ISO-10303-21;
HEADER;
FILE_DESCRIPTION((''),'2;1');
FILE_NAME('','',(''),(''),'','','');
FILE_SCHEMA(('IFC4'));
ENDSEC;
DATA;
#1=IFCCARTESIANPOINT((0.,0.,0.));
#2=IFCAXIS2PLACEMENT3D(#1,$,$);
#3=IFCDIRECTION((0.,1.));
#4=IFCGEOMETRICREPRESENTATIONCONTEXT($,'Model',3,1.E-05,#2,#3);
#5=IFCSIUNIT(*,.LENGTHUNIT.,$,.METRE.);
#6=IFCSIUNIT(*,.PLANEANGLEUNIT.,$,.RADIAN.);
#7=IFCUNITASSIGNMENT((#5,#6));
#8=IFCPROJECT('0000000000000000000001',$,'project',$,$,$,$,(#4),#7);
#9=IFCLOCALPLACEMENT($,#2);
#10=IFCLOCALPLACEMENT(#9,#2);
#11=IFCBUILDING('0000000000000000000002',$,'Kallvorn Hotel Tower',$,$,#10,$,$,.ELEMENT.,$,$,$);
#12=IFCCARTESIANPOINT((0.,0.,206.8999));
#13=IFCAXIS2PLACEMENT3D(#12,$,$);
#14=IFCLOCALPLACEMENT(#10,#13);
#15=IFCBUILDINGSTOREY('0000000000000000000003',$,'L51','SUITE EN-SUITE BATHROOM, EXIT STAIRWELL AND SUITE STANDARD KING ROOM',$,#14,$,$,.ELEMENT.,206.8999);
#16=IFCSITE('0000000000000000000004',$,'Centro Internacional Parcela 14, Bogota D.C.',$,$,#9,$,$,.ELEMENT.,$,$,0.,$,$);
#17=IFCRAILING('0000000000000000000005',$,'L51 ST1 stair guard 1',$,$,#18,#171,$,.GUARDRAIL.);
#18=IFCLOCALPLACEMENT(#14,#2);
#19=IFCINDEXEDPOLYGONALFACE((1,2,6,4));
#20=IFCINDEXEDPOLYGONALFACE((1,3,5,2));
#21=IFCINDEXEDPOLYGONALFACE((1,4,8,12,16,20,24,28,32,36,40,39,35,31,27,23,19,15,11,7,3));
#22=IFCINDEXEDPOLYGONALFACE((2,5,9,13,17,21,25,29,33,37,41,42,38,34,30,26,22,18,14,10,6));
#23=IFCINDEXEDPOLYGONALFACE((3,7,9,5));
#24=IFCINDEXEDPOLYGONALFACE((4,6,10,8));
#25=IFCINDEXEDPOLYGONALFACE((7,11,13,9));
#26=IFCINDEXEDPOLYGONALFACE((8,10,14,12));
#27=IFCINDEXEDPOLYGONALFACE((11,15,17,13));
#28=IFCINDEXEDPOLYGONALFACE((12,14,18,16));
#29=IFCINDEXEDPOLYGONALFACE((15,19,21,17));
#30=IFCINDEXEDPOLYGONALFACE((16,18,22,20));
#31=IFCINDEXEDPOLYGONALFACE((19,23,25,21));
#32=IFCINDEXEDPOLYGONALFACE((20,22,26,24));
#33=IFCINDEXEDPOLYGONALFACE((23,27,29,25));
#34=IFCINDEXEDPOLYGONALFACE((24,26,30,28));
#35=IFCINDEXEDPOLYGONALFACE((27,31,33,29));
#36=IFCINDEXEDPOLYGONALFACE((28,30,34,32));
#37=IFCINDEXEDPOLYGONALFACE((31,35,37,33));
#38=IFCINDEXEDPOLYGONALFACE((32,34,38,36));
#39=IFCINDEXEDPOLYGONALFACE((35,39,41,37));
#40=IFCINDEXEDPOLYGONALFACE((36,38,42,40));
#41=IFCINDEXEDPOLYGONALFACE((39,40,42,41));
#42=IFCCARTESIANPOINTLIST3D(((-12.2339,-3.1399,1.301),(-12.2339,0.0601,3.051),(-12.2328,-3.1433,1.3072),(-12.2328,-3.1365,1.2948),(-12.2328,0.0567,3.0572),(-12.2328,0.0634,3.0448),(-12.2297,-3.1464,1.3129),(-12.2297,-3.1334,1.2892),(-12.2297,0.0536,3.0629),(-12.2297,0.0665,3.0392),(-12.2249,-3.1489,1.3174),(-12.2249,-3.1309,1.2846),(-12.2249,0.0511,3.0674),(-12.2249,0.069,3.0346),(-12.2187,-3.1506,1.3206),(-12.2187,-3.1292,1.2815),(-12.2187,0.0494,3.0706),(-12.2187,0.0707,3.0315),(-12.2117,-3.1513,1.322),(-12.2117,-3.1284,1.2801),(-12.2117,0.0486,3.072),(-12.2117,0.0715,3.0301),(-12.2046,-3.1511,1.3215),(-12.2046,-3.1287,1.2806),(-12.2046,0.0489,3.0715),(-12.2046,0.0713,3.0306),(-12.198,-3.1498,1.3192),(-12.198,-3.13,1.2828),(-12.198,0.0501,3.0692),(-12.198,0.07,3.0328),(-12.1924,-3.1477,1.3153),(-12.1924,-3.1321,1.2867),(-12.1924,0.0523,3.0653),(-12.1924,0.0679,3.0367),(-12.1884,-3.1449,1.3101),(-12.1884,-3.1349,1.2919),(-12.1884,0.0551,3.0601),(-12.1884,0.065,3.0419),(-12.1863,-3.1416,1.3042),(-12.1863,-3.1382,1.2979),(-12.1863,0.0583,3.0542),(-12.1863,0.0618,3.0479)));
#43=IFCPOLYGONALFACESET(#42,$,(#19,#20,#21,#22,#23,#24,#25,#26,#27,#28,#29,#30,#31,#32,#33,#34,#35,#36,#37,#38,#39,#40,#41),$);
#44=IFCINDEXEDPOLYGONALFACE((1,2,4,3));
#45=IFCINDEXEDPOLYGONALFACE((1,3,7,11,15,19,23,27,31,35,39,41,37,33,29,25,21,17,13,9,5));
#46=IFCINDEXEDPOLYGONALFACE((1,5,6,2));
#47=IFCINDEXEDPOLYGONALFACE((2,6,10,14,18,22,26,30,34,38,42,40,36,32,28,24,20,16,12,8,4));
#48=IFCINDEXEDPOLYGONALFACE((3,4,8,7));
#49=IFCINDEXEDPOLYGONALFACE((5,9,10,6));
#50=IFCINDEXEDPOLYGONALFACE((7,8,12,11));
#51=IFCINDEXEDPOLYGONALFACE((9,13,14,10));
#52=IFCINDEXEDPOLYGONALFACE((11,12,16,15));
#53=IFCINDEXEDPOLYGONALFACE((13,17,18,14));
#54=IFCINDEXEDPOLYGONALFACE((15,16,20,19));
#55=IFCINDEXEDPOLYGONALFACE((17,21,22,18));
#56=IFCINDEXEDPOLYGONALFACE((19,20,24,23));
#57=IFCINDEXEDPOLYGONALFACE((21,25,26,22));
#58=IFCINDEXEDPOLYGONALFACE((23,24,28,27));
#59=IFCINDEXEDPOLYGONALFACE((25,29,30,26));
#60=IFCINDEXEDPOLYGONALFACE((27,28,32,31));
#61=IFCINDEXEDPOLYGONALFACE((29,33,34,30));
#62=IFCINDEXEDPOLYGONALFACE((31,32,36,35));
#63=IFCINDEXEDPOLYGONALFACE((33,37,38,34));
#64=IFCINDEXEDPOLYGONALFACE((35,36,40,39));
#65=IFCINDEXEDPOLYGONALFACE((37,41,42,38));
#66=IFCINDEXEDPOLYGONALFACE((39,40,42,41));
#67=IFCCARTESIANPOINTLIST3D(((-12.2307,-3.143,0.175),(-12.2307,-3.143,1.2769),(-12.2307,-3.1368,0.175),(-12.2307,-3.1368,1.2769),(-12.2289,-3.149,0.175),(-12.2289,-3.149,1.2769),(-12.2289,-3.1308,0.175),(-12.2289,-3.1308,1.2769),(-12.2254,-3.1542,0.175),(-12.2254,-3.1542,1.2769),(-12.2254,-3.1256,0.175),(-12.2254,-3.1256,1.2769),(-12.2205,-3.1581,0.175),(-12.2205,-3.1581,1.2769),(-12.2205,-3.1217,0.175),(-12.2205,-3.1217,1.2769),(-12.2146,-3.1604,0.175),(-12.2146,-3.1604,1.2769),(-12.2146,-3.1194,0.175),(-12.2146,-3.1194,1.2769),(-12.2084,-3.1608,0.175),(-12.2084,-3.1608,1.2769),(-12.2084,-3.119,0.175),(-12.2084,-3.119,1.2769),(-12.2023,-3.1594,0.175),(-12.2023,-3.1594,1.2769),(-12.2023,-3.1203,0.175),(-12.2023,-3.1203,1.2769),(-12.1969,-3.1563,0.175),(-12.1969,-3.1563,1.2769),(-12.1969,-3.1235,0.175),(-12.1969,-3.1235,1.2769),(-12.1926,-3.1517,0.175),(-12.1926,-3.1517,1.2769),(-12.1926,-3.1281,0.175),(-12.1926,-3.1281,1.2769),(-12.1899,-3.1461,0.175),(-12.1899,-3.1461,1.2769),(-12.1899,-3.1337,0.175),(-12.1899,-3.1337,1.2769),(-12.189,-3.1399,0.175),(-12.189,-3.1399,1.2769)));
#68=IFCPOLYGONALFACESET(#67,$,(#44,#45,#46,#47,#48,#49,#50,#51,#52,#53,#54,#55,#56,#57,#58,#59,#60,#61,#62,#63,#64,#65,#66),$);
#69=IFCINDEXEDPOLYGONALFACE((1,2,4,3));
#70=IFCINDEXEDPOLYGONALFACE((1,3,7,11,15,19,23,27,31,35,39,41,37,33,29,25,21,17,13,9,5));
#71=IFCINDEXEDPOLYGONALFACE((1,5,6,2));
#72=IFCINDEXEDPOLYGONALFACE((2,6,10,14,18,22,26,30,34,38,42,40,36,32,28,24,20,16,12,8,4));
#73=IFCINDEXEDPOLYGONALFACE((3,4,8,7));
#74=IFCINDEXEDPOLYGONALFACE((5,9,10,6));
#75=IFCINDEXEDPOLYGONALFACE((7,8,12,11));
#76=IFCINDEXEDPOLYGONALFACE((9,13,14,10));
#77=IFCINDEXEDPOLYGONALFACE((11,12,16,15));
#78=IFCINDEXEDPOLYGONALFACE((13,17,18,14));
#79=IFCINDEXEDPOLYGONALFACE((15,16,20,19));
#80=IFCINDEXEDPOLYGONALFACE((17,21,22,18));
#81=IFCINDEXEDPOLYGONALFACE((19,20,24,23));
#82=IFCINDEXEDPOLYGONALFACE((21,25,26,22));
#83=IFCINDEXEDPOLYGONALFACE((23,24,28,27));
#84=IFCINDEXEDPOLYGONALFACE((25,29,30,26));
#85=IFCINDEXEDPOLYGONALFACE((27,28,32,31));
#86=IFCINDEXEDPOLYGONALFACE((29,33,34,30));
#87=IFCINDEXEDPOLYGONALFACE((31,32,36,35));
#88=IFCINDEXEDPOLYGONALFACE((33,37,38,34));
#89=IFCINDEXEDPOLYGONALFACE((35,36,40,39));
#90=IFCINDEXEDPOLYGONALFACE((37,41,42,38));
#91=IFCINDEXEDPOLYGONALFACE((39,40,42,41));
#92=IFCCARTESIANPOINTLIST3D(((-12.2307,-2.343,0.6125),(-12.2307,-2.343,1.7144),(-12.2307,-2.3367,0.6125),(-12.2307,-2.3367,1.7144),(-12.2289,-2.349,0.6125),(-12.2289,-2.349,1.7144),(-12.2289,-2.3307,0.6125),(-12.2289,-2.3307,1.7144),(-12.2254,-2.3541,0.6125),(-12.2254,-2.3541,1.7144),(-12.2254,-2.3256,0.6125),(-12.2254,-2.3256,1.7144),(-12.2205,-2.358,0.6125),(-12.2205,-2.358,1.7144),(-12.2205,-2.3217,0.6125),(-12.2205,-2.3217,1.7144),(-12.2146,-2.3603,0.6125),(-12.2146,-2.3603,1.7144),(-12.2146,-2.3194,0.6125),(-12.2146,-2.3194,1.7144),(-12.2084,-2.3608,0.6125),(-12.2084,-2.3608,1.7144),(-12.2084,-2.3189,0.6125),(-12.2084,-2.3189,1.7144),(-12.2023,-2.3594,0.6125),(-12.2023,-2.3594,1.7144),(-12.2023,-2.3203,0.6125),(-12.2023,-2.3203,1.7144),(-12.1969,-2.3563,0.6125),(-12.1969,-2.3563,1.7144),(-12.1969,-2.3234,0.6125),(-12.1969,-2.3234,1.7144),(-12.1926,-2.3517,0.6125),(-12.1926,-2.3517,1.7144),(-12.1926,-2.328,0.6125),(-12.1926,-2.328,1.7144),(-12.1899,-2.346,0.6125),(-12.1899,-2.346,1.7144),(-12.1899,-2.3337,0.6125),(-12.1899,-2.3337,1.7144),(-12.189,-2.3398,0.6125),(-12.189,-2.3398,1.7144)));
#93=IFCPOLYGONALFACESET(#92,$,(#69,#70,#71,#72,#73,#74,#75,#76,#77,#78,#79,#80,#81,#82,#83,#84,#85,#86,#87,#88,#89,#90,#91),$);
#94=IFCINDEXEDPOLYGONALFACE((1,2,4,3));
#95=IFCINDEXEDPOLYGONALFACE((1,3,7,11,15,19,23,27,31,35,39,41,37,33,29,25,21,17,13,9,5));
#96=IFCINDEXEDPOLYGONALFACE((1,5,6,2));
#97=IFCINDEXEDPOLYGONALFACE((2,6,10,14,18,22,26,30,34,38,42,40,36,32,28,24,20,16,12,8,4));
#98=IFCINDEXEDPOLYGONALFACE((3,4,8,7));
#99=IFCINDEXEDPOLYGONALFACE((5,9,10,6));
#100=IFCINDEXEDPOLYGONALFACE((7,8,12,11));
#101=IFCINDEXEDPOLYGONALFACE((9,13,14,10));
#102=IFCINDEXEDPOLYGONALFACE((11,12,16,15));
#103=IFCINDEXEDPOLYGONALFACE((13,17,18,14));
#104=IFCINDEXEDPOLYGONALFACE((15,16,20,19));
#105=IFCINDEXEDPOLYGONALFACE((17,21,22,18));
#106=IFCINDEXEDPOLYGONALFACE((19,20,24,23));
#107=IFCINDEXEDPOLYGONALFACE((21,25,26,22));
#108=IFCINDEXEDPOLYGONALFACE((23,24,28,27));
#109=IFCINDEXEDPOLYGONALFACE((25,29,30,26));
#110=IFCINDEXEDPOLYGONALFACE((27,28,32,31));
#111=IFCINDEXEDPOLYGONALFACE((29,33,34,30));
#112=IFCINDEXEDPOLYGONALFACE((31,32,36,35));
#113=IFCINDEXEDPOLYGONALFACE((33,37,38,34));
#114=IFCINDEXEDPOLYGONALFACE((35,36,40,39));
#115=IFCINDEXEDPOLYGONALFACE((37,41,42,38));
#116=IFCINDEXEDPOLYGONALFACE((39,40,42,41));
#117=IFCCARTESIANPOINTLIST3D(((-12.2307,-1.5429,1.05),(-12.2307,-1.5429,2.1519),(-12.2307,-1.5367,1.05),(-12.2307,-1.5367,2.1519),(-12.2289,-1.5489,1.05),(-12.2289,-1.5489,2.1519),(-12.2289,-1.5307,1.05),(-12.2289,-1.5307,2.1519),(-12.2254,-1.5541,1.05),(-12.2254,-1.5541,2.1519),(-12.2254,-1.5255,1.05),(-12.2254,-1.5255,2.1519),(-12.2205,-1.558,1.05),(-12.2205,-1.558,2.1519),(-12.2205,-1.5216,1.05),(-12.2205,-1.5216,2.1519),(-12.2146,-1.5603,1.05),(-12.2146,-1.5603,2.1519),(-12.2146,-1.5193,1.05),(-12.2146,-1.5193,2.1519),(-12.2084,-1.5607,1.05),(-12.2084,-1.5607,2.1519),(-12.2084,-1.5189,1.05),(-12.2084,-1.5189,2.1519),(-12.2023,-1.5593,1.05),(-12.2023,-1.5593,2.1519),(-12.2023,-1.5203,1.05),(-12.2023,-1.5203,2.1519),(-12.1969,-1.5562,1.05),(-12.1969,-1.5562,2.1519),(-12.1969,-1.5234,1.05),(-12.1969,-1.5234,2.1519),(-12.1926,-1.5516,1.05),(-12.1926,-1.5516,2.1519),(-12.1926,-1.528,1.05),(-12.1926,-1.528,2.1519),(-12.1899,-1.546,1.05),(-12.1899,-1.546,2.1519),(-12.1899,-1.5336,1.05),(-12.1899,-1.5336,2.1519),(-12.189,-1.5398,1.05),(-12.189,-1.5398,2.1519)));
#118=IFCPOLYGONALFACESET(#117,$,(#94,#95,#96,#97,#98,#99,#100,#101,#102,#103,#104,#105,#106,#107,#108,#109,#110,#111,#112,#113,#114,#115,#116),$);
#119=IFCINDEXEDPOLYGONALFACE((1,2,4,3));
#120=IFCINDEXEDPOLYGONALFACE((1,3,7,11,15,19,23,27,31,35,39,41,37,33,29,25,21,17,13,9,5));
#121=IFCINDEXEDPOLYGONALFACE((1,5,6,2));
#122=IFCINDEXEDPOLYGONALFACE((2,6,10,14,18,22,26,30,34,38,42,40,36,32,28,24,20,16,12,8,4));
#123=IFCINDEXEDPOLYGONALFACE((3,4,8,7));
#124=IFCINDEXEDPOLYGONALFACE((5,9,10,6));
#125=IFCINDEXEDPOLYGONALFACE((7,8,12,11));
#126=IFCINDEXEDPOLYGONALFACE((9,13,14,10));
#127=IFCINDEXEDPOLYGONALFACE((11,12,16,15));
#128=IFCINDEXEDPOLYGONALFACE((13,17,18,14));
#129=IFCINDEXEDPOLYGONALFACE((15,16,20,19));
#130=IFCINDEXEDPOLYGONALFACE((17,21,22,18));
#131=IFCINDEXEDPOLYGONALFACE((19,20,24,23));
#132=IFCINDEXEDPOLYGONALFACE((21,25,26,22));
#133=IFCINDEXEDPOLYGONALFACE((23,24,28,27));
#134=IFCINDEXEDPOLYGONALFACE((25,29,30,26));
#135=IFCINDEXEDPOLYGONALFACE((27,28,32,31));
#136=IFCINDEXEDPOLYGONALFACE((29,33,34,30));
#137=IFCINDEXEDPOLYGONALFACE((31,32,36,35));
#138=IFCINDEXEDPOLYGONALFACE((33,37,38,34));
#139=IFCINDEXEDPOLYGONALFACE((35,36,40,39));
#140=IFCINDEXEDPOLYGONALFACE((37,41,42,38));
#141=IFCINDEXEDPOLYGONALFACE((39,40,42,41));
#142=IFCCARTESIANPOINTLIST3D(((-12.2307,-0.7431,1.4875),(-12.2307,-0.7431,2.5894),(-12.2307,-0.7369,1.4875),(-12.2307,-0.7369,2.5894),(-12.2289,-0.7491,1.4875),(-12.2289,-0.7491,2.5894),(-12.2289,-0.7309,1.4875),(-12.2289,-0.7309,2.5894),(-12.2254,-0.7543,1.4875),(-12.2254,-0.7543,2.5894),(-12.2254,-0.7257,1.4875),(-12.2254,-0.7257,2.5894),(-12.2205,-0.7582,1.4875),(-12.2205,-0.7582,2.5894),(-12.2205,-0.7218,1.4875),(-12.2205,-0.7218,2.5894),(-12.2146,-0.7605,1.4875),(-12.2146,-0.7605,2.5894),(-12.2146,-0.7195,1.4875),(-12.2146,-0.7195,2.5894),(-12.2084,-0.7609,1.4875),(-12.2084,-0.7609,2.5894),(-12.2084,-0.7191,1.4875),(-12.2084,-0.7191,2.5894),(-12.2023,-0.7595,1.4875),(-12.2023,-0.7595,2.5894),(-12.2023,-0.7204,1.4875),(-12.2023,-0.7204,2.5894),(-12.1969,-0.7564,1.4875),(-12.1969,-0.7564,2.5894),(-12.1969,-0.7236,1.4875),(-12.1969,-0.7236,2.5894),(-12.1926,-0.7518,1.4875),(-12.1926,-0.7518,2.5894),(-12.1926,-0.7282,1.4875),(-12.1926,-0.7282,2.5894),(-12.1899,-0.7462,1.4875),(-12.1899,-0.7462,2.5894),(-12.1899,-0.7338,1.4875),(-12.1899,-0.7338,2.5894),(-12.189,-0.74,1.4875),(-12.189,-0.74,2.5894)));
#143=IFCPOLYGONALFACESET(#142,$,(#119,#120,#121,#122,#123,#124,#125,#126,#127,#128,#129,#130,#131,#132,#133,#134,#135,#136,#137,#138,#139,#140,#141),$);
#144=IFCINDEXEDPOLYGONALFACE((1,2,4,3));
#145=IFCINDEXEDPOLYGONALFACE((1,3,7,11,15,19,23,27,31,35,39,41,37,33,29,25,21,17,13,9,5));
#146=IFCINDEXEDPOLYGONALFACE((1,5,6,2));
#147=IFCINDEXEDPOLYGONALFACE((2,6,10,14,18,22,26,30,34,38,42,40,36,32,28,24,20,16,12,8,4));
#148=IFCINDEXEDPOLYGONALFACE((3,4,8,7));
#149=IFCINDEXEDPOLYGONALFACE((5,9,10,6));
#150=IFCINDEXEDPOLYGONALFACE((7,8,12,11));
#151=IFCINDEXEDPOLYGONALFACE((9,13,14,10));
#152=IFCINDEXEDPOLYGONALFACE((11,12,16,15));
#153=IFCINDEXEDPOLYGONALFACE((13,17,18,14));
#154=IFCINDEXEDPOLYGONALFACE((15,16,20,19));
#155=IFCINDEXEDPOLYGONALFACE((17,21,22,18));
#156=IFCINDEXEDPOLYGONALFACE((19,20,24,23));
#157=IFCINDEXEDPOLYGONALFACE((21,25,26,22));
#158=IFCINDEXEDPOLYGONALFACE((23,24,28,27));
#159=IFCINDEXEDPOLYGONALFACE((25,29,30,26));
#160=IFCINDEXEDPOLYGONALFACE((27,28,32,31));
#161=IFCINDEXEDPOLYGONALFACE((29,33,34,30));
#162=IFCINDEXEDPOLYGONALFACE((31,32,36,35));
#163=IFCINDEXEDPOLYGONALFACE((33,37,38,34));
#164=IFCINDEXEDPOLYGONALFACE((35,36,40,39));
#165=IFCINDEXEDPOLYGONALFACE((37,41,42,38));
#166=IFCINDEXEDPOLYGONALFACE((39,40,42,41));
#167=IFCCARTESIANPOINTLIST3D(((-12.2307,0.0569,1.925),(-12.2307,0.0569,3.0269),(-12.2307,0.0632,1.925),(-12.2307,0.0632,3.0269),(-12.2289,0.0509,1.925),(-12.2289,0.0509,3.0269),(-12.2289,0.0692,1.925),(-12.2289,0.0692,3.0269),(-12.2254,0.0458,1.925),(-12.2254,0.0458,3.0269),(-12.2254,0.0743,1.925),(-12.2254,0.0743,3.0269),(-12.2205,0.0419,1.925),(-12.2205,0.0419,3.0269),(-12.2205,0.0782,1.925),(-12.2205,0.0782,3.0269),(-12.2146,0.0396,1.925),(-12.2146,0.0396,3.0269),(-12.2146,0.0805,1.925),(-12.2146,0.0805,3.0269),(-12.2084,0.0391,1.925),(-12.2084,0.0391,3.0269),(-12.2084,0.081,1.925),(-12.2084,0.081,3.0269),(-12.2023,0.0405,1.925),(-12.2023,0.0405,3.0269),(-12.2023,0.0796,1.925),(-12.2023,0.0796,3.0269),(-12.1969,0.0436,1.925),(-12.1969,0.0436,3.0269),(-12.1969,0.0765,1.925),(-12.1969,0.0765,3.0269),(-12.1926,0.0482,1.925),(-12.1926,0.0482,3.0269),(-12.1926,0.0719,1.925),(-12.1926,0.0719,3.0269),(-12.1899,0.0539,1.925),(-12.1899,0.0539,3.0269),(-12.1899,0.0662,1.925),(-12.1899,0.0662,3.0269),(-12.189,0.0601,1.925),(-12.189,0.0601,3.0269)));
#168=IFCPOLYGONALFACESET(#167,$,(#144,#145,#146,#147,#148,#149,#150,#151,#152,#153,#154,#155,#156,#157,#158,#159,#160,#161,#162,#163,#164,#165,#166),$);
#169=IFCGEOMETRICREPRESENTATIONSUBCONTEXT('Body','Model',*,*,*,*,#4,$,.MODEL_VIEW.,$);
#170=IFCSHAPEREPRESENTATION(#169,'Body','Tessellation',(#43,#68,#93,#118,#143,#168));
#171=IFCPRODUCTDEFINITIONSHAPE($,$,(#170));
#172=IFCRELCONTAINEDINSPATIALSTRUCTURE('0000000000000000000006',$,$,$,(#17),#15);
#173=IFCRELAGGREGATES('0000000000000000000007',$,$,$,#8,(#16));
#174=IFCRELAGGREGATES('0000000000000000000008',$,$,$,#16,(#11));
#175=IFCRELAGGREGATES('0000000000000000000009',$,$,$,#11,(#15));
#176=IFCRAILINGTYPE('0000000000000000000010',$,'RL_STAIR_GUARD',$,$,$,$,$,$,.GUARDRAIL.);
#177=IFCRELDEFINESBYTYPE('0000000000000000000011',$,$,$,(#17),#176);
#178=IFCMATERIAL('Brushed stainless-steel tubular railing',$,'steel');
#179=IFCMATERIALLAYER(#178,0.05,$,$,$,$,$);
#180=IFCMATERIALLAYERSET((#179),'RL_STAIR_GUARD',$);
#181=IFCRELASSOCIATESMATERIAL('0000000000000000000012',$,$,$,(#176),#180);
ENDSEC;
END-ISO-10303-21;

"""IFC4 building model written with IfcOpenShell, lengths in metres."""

from ifc_helpers import new_model, si_unit, direction, frame, origin, origin_2d, place, context, subcontext, project, spatial, circle, extrude, material, layer, layer_set, type_object, element, save


model = new_model("IFC4")

# Units and contexts
model_context = context("Model", 3, precision=1e-05, world=origin(), true_north=direction((0.0, 1.0)))
body_context = subcontext(model_context, "Body", "Model", "MODEL_VIEW")
ifc_project = project(units=[si_unit("LENGTHUNIT", "METRE"), si_unit("PLANEANGLEUNIT", "RADIAN")], contexts=[model_context])

# Site, building, storey
site_placement = place(None, origin())
site = spatial("IfcSite", under=ifc_project, at=site_placement, Name="Centro Internacional Parcela 14, Bogota D.C.", CompositionType="ELEMENT", RefElevation=0.0)
building_placement = place(site_placement, origin())
building = spatial("IfcBuilding", under=site, at=building_placement, Name="Kallvorn Hotel Tower", CompositionType="ELEMENT")
storey_placement = place(building_placement, frame((0.0, 0.0, 206.8999)))
storey = spatial("IfcBuildingStorey", under=building, at=storey_placement, Name="L51", Description="SUITE EN-SUITE BATHROOM, EXIT STAIRWELL AND SUITE STANDARD KING ROOM", CompositionType="ELEMENT", Elevation=206.8999)

# Railing
ifc_material_1 = material(Name="Brushed stainless-steel tubular railing", Category="steel")
ifc_layer_1 = layer(ifc_material_1, 0.05)
ifc_layer_set_1 = layer_set([ifc_layer_1], Name="RL_STAIR_GUARD")
railing_type_1 = type_object("IfcRailingType", Name="RL_STAIR_GUARD", PredefinedType="GUARDRAIL", material=ifc_layer_set_1)
railing_1_placement = place(storey_placement, frame((-12.21, -3.1399, 0.175)))
element("IfcRailing", 1, at=railing_1_placement, inside=storey, type_object=railing_type_1, Name="L51 ST1 stair guard 1", PredefinedType="GUARDRAIL", context=body_context, shape_type="SweptSolid", body=[
    extrude(circle(Radius=0.0239, at=origin_2d()), frame((0.0, 0.0, 1.126), z_axis=(0.0, 0.877368, 0.479818), x_axis=(-1.0, 0.0, 0.0)), (0.0, 0.0, 1.0), 3.6472),
    extrude(circle(Radius=0.021, at=origin_2d()), origin(), (0.0, 0.0, 1.0), 1.1018),
    extrude(circle(Radius=0.021, at=origin_2d()), frame((0.0, 0.8, 0.4375)), (0.0, 0.0, 1.0), 1.1018),
    extrude(circle(Radius=0.021, at=origin_2d()), frame((0.0, 1.6001, 0.875)), (0.0, 0.0, 1.0), 1.1018),
    extrude(circle(Radius=0.021, at=origin_2d()), frame((0.0, 2.3999, 1.3125)), (0.0, 0.0, 1.0), 1.1018),
    extrude(circle(Radius=0.021, at=origin_2d()), frame((0.0, 3.2, 1.75)), (0.0, 0.0, 1.0), 1.1018),
])

save(model, "model.ifc")
